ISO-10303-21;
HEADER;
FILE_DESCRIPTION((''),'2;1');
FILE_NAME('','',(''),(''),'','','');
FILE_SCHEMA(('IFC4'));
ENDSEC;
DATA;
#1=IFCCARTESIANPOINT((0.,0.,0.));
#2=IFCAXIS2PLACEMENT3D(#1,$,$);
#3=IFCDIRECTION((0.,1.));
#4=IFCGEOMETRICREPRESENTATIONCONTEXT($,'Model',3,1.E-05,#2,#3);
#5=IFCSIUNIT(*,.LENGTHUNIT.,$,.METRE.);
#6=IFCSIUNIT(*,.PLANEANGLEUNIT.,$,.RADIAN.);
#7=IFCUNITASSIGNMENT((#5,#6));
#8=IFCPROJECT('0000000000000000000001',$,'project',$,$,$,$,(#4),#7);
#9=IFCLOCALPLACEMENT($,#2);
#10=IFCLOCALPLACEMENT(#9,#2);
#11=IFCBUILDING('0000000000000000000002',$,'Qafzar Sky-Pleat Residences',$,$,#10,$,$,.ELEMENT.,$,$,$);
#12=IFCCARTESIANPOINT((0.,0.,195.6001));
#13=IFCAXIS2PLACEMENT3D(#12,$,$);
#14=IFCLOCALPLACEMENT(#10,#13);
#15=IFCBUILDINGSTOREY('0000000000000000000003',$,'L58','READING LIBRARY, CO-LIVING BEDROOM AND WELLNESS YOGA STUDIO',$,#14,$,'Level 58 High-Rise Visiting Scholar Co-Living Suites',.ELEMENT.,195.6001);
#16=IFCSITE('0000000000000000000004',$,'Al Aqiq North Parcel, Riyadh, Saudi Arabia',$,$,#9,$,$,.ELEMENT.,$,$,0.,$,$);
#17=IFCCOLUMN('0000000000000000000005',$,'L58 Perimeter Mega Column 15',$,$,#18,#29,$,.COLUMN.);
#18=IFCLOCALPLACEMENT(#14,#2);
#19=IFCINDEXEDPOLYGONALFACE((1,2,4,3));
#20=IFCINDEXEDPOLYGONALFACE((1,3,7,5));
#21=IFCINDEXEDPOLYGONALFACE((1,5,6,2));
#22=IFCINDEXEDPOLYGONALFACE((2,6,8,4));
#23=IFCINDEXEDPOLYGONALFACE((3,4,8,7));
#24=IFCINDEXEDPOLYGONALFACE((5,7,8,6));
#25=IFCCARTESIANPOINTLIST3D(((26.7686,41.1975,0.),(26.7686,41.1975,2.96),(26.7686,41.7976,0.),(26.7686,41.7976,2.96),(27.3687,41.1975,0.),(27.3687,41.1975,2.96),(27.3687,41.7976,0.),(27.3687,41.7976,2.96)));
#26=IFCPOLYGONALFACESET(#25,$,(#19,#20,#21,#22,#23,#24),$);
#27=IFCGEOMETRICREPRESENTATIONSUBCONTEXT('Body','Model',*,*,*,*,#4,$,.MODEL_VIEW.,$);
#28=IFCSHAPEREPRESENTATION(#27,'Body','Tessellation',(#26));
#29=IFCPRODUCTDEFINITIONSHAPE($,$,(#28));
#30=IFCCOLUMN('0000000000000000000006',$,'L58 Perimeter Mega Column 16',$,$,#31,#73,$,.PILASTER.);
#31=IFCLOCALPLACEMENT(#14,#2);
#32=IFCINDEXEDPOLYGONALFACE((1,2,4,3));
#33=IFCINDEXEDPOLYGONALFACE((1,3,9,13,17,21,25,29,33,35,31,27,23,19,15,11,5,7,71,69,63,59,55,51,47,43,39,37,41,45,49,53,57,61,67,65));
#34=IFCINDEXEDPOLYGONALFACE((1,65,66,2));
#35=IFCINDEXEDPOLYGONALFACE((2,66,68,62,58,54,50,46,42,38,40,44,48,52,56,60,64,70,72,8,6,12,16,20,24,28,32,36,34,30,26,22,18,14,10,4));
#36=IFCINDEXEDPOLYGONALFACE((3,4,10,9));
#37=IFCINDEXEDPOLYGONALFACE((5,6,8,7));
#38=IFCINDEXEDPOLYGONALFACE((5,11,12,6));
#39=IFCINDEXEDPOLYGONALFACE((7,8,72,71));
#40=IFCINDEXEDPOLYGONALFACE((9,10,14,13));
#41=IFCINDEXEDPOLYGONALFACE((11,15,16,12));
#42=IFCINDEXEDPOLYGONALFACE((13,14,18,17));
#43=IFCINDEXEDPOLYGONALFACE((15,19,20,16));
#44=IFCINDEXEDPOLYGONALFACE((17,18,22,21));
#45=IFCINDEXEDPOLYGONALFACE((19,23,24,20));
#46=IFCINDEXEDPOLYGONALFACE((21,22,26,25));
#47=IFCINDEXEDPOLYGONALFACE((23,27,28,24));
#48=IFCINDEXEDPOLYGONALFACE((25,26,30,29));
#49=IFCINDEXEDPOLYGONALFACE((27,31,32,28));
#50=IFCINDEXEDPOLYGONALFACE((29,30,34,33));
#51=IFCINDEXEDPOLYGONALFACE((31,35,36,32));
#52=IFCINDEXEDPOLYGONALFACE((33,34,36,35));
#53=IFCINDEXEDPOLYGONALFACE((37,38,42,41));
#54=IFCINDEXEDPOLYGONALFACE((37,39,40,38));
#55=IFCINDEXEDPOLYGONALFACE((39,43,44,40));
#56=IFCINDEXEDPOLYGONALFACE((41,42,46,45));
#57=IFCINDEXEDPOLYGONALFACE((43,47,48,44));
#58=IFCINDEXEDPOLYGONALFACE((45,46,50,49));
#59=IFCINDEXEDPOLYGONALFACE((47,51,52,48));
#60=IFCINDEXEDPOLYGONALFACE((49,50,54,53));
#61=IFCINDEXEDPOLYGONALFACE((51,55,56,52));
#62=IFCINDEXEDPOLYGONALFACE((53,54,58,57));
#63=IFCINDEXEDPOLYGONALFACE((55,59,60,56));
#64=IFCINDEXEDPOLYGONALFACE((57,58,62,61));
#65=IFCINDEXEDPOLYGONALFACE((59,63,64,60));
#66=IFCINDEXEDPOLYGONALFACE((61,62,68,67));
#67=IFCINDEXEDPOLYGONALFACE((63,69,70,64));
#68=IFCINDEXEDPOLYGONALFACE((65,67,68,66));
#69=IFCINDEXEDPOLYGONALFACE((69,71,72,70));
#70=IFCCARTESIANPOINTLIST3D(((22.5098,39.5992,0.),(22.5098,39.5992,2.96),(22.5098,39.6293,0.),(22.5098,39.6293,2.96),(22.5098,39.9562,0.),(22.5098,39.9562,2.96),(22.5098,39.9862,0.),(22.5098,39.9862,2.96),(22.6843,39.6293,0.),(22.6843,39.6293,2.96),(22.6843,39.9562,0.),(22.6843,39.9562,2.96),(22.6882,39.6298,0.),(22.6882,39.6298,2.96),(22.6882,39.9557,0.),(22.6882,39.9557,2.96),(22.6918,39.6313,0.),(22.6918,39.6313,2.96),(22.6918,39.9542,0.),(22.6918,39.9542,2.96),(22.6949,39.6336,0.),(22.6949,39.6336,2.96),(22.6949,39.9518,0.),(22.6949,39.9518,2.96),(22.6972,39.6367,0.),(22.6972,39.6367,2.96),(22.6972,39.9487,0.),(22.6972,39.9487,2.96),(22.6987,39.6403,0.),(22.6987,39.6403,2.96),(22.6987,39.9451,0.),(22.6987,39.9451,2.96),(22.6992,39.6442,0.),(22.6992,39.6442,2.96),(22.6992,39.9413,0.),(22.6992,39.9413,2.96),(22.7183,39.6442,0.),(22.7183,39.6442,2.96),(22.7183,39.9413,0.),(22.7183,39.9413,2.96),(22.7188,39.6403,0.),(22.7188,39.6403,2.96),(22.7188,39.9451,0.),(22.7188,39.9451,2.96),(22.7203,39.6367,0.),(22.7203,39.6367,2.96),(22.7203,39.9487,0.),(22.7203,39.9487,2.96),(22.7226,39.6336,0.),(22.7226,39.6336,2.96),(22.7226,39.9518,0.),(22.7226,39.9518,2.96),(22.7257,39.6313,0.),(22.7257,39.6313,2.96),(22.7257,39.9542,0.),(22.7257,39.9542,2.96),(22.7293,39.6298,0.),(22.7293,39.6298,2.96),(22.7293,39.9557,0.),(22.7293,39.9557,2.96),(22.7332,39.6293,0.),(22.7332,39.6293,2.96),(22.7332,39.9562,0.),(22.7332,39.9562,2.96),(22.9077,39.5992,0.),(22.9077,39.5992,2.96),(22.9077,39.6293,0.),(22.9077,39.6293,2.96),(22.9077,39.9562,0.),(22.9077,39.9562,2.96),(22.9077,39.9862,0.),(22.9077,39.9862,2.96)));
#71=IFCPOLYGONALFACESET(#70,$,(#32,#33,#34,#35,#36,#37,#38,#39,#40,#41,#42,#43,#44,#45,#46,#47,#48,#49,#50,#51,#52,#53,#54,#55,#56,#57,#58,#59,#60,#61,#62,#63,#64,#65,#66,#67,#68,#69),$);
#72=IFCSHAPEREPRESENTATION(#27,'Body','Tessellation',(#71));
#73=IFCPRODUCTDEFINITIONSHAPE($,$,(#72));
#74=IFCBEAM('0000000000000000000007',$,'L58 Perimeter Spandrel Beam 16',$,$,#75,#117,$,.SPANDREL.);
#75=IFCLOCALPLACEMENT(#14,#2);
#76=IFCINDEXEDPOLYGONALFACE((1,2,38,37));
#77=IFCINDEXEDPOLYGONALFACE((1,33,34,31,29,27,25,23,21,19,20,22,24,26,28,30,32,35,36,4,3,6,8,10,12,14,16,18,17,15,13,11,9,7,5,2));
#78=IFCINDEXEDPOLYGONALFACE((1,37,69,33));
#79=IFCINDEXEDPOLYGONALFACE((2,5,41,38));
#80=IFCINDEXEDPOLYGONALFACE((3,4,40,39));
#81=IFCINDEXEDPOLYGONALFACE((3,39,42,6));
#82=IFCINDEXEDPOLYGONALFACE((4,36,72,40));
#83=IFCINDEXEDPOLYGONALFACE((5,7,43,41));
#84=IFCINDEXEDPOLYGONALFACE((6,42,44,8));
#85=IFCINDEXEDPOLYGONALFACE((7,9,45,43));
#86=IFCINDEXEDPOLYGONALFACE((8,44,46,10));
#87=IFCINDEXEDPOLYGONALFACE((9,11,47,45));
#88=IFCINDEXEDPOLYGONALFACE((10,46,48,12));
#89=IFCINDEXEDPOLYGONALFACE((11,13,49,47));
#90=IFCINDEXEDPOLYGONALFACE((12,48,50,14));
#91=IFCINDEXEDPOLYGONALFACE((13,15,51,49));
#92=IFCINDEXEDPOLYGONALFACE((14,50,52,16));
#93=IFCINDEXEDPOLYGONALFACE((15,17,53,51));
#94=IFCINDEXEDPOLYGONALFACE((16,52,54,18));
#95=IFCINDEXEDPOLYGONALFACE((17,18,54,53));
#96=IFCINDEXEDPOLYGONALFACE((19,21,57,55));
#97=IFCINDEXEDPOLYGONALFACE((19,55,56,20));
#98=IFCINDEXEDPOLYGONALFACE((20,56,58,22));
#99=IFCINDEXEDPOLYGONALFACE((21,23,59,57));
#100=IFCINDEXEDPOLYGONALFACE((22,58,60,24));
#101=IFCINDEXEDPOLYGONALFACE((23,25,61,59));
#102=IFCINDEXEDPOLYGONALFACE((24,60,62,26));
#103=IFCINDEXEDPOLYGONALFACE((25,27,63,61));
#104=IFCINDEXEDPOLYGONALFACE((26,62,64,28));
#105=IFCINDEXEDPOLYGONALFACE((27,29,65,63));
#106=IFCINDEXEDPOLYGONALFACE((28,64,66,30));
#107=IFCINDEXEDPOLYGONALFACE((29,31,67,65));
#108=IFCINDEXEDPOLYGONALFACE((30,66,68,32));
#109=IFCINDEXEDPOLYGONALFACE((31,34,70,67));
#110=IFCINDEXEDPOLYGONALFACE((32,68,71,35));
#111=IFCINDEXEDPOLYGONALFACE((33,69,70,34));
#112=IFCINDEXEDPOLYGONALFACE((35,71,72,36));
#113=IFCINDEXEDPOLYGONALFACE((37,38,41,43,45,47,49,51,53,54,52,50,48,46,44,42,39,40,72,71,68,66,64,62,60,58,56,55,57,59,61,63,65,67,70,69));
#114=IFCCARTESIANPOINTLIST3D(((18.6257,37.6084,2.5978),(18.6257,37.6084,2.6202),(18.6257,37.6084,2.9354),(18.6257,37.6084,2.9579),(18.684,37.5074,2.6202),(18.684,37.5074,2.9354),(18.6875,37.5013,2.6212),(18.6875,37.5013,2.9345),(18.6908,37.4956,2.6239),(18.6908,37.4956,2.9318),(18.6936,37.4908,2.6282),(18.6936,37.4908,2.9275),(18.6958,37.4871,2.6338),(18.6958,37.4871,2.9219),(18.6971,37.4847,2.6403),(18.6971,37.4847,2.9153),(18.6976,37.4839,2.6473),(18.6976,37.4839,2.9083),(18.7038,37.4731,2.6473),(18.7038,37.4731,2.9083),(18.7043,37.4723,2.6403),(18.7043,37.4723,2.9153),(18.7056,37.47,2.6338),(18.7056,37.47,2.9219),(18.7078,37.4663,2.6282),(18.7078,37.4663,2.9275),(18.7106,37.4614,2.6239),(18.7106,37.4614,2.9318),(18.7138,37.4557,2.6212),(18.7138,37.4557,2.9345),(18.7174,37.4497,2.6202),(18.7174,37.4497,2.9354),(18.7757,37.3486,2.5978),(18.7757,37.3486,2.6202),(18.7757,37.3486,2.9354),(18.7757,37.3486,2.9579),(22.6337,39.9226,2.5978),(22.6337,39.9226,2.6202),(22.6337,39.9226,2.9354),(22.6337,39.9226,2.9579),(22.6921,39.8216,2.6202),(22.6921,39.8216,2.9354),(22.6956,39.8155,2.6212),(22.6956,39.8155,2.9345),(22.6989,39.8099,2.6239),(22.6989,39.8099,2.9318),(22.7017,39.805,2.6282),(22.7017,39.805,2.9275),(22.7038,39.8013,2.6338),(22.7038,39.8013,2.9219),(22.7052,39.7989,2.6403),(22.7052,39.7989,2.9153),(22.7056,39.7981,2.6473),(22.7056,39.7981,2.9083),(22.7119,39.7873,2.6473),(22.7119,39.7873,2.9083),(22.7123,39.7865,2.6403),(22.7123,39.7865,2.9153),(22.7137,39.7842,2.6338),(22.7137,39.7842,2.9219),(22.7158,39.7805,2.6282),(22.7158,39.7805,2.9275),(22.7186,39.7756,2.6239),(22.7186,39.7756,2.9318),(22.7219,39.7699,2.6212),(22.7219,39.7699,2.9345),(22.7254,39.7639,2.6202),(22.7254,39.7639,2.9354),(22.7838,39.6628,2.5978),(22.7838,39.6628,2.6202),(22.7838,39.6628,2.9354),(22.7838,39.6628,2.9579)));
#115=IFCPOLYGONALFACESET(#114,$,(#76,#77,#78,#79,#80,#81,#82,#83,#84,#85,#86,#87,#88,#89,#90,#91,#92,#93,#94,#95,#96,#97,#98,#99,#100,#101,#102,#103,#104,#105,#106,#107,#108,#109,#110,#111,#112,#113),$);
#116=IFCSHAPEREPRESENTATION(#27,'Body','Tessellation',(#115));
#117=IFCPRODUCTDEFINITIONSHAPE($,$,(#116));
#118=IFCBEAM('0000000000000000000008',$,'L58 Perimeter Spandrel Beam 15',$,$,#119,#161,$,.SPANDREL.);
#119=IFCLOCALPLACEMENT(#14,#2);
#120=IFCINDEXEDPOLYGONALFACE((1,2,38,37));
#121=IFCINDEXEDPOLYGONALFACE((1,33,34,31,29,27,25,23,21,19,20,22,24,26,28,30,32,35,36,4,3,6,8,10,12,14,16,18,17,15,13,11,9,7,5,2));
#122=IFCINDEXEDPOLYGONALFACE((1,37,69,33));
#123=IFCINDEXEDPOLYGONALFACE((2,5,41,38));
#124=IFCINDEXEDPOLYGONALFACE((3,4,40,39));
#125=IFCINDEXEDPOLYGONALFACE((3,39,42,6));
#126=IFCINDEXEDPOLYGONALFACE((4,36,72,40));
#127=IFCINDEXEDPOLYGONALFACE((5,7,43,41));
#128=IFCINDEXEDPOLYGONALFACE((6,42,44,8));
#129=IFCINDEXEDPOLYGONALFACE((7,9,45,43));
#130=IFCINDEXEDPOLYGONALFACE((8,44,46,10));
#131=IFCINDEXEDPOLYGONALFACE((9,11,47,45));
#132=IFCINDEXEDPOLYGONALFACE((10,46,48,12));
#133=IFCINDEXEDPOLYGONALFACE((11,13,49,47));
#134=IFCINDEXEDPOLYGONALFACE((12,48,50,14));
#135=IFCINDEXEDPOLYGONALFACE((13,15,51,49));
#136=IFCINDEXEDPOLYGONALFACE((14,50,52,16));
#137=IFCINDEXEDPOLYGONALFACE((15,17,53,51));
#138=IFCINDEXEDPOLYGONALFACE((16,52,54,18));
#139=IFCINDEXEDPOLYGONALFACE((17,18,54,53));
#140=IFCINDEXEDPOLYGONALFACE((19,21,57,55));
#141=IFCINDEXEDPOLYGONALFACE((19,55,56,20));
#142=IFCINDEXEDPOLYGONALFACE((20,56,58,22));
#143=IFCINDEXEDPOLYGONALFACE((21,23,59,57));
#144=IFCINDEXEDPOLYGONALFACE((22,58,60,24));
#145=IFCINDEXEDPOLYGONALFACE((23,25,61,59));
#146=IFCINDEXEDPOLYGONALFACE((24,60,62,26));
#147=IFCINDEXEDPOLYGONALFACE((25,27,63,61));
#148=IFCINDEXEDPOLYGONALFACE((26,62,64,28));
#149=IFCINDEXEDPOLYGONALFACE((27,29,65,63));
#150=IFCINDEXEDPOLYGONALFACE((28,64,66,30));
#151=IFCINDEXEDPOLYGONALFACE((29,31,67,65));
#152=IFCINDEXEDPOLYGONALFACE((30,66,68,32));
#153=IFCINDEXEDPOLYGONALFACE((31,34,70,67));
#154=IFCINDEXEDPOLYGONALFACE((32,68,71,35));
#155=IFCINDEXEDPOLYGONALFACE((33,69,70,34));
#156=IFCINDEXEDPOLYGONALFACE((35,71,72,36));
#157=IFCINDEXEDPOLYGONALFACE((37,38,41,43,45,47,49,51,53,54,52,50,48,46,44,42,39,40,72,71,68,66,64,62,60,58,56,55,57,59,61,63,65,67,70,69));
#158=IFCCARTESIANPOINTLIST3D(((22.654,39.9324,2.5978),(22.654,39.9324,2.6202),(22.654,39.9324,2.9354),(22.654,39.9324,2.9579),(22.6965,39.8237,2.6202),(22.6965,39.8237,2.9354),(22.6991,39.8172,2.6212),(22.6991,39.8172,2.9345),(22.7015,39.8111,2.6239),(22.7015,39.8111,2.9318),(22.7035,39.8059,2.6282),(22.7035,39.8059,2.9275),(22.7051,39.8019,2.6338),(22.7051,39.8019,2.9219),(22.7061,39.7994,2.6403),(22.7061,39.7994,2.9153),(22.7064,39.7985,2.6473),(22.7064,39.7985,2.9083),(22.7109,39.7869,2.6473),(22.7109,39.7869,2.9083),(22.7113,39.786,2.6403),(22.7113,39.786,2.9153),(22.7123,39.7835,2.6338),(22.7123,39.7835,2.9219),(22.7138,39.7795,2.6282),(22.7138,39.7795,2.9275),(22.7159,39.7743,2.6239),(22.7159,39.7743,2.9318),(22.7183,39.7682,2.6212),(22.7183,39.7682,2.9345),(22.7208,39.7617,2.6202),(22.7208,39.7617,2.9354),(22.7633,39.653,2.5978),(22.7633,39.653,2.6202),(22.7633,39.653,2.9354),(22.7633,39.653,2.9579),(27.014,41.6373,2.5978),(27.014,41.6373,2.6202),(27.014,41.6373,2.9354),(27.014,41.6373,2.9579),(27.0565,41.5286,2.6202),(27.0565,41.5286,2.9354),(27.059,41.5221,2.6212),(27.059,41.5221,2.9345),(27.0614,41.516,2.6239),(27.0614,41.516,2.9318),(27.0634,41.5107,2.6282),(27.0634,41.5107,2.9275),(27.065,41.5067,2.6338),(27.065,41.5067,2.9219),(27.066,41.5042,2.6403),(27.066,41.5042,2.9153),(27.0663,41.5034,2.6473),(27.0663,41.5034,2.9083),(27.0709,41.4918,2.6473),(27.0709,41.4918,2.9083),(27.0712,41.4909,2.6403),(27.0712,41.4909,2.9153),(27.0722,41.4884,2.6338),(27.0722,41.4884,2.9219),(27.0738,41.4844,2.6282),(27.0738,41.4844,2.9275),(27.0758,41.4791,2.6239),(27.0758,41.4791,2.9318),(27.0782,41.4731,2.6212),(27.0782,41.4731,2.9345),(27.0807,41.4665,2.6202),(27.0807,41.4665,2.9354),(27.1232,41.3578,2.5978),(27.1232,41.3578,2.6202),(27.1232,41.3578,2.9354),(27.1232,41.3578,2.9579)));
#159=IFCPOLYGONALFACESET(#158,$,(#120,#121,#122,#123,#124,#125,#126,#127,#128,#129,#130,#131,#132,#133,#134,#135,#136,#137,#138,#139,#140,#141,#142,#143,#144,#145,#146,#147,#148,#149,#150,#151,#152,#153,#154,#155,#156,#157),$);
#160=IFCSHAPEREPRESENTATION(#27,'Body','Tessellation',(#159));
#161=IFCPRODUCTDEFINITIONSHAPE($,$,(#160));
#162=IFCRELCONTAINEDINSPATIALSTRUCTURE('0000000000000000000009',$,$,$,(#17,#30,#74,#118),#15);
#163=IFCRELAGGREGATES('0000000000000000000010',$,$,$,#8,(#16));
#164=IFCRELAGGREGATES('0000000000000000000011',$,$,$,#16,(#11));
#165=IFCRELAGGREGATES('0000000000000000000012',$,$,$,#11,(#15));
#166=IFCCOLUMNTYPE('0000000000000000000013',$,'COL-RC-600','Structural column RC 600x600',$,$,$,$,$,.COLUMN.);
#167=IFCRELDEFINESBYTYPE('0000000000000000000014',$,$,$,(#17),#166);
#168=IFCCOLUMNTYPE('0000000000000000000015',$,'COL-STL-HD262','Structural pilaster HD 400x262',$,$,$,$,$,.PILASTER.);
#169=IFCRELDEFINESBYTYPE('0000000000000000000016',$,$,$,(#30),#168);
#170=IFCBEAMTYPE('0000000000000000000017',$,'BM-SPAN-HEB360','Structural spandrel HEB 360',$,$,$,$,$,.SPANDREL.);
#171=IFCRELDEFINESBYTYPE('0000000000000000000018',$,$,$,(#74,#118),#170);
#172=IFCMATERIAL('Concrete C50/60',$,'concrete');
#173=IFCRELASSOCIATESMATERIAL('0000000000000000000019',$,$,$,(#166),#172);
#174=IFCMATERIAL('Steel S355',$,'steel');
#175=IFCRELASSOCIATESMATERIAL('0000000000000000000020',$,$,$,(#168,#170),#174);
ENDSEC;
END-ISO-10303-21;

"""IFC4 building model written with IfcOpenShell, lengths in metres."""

from ifc_helpers import new_model, si_unit, direction, frame, origin, origin_2d, place, context, subcontext, project, spatial, rectangle, i_section, extrude, source, transform, mapped, material, material_profile, profile_set, type_object, element, save


model = new_model("IFC4")

# Units and contexts
model_context = context("Model", 3, precision=1e-05, world=origin(), true_north=direction((0.0, 1.0)))
body_context = subcontext(model_context, "Body", "Model", "MODEL_VIEW")
ifc_project = project(units=[si_unit("LENGTHUNIT", "METRE"), si_unit("PLANEANGLEUNIT", "RADIAN")], contexts=[model_context])

# Site, building, storey
site_placement = place(None, origin())
site = spatial("IfcSite", under=ifc_project, at=site_placement, Name="Al Aqiq North Parcel, Riyadh, Saudi Arabia", CompositionType="ELEMENT", RefElevation=0.0)
building_placement = place(site_placement, origin())
building = spatial("IfcBuilding", under=site, at=building_placement, Name="Qafzar Sky-Pleat Residences", CompositionType="ELEMENT")
storey_placement = place(building_placement, frame((0.0, 0.0, 195.6001)))
storey = spatial("IfcBuildingStorey", under=building, at=storey_placement, Name="L58", Description="READING LIBRARY, CO-LIVING BEDROOM AND WELLNESS YOGA STUDIO", LongName="Level 58 High-Rise Visiting Scholar Co-Living Suites", CompositionType="ELEMENT", Elevation=195.6001)

# Columns
ifc_material_1 = material(Name="Concrete C50/60", Category="concrete")
ifc_material_profile_1 = material_profile(ifc_material_1, rectangle(XDim=0.6001, YDim=0.6001, at=origin_2d()), Name="RC 600x600")
ifc_profile_set_1 = profile_set([ifc_material_profile_1], Name="Concrete C50/60")
column_type_1 = type_object("IfcColumnType", Name="COL-RC-600", Description="Structural column RC 600x600", PredefinedType="COLUMN", material=ifc_profile_set_1)
shared_shape_1 = source(origin(), body_context, "Body", "SweptSolid", [
    extrude(rectangle(XDim=0.6001, YDim=0.6001, at=origin_2d()), origin(), (0.0, 0.0, 1.0), 2.96),
])
column_1_placement = place(storey_placement, frame((27.0686, 41.4976, 0.0), z_axis=(0.0, 0.0, 1.0), x_axis=(1.0, 0.0, 0.0)))
element("IfcColumn", 1, at=column_1_placement, inside=storey, type_object=column_type_1, Name="L58 Perimeter Mega Column 15", PredefinedType="COLUMN", context=body_context, shape_type="MappedRepresentation", body=[
    mapped(shared_shape_1, transform((0.0, 0.0, 0.0), x_axis=(1.0, 0.0, 0.0), y_axis=(0.0, 1.0, 0.0), z_axis=(0.0, 0.0, 1.0), scale=1.0)),
])
ifc_material_2 = material(Name="Steel S355", Category="steel")
ifc_material_profile_2 = material_profile(ifc_material_2, i_section(OverallWidth=0.3979, OverallDepth=0.387, WebThickness=0.019, FlangeThickness=0.03, FilletRadius=0.0149, at=origin_2d()), Name="HD 400x262")
ifc_profile_set_2 = profile_set([ifc_material_profile_2], Name="Steel S355")
column_type_2 = type_object("IfcColumnType", Name="COL-STL-HD262", Description="Structural pilaster HD 400x262", PredefinedType="PILASTER", material=ifc_profile_set_2)
shared_shape_2 = source(origin(), body_context, "Body", "SweptSolid", [
    extrude(i_section(OverallWidth=0.3979, OverallDepth=0.387, WebThickness=0.019, FlangeThickness=0.03, FilletRadius=0.0149, at=origin_2d()), origin(), (0.0, 0.0, 1.0), 2.96),
])
column_2_placement = place(storey_placement, frame((22.7087, 39.7927, 0.0), z_axis=(0.0, 0.0, 1.0), x_axis=(1.0, 0.0, 0.0)))
element("IfcColumn", 2, at=column_2_placement, inside=storey, type_object=column_type_2, Name="L58 Perimeter Mega Column 16", PredefinedType="PILASTER", context=body_context, shape_type="MappedRepresentation", body=[
    mapped(shared_shape_2, transform((0.0, 0.0, 0.0), x_axis=(1.0, 0.0, 0.0), y_axis=(0.0, 1.0, 0.0), z_axis=(0.0, 0.0, 1.0), scale=1.0)),
])

# Beams
ifc_material_profile_3 = material_profile(ifc_material_2, i_section(OverallWidth=0.3, OverallDepth=0.3601, WebThickness=0.0125, FlangeThickness=0.0225, FilletRadius=0.0271, at=origin_2d()), Name="HEB 360")
ifc_profile_set_3 = profile_set([ifc_material_profile_3], Name="Steel S355")
beam_type_1 = type_object("IfcBeamType", Name="BM-SPAN-HEB360", Description="Structural spandrel HEB 360", PredefinedType="SPANDREL", material=ifc_profile_set_3)
shared_shape_3 = source(origin(), body_context, "Body", "SweptSolid", [
    extrude(i_section(OverallWidth=0.3, OverallDepth=0.3601, WebThickness=0.0125, FlangeThickness=0.0225, FilletRadius=0.0271, at=origin_2d()), origin(), (0.0, 0.0, 1.0), 4.6282),
])
beam_1_placement = place(storey_placement, frame((22.7087, 39.7927, 2.7778), z_axis=(-0.866011, -0.500025, 0.0), x_axis=(0.500025, -0.866011, 0.0)))
element("IfcBeam", 3, at=beam_1_placement, inside=storey, type_object=beam_type_1, Name="L58 Perimeter Spandrel Beam 16", PredefinedType="SPANDREL", context=body_context, shape_type="MappedRepresentation", body=[
    mapped(shared_shape_3, transform((0.0, 0.0, 0.0), x_axis=(1.0, 0.0, 0.0), y_axis=(0.0, 1.0, 0.0), z_axis=(0.0, 0.0, 1.0), scale=1.0)),
])
shared_shape_4 = source(origin(), body_context, "Body", "SweptSolid", [
    extrude(i_section(OverallWidth=0.3, OverallDepth=0.3601, WebThickness=0.0125, FlangeThickness=0.0225, FilletRadius=0.0271, at=origin_2d()), origin(), (0.0, 0.0, 1.0), 4.6814),
])
beam_2_placement = place(storey_placement, frame((27.0686, 41.4976, 2.7778), z_axis=(-0.93133, -0.364177, 0.0), x_axis=(0.364177, -0.93133, 0.0)))
element("IfcBeam", 4, at=beam_2_placement, inside=storey, type_object=beam_type_1, Name="L58 Perimeter Spandrel Beam 15", PredefinedType="SPANDREL", context=body_context, shape_type="MappedRepresentation", body=[
    mapped(shared_shape_4, transform((0.0, 0.0, 0.0), x_axis=(1.0, 0.0, 0.0), y_axis=(0.0, 1.0, 0.0), z_axis=(0.0, 0.0, 1.0), scale=1.0)),
])

save(model, "model.ifc")
